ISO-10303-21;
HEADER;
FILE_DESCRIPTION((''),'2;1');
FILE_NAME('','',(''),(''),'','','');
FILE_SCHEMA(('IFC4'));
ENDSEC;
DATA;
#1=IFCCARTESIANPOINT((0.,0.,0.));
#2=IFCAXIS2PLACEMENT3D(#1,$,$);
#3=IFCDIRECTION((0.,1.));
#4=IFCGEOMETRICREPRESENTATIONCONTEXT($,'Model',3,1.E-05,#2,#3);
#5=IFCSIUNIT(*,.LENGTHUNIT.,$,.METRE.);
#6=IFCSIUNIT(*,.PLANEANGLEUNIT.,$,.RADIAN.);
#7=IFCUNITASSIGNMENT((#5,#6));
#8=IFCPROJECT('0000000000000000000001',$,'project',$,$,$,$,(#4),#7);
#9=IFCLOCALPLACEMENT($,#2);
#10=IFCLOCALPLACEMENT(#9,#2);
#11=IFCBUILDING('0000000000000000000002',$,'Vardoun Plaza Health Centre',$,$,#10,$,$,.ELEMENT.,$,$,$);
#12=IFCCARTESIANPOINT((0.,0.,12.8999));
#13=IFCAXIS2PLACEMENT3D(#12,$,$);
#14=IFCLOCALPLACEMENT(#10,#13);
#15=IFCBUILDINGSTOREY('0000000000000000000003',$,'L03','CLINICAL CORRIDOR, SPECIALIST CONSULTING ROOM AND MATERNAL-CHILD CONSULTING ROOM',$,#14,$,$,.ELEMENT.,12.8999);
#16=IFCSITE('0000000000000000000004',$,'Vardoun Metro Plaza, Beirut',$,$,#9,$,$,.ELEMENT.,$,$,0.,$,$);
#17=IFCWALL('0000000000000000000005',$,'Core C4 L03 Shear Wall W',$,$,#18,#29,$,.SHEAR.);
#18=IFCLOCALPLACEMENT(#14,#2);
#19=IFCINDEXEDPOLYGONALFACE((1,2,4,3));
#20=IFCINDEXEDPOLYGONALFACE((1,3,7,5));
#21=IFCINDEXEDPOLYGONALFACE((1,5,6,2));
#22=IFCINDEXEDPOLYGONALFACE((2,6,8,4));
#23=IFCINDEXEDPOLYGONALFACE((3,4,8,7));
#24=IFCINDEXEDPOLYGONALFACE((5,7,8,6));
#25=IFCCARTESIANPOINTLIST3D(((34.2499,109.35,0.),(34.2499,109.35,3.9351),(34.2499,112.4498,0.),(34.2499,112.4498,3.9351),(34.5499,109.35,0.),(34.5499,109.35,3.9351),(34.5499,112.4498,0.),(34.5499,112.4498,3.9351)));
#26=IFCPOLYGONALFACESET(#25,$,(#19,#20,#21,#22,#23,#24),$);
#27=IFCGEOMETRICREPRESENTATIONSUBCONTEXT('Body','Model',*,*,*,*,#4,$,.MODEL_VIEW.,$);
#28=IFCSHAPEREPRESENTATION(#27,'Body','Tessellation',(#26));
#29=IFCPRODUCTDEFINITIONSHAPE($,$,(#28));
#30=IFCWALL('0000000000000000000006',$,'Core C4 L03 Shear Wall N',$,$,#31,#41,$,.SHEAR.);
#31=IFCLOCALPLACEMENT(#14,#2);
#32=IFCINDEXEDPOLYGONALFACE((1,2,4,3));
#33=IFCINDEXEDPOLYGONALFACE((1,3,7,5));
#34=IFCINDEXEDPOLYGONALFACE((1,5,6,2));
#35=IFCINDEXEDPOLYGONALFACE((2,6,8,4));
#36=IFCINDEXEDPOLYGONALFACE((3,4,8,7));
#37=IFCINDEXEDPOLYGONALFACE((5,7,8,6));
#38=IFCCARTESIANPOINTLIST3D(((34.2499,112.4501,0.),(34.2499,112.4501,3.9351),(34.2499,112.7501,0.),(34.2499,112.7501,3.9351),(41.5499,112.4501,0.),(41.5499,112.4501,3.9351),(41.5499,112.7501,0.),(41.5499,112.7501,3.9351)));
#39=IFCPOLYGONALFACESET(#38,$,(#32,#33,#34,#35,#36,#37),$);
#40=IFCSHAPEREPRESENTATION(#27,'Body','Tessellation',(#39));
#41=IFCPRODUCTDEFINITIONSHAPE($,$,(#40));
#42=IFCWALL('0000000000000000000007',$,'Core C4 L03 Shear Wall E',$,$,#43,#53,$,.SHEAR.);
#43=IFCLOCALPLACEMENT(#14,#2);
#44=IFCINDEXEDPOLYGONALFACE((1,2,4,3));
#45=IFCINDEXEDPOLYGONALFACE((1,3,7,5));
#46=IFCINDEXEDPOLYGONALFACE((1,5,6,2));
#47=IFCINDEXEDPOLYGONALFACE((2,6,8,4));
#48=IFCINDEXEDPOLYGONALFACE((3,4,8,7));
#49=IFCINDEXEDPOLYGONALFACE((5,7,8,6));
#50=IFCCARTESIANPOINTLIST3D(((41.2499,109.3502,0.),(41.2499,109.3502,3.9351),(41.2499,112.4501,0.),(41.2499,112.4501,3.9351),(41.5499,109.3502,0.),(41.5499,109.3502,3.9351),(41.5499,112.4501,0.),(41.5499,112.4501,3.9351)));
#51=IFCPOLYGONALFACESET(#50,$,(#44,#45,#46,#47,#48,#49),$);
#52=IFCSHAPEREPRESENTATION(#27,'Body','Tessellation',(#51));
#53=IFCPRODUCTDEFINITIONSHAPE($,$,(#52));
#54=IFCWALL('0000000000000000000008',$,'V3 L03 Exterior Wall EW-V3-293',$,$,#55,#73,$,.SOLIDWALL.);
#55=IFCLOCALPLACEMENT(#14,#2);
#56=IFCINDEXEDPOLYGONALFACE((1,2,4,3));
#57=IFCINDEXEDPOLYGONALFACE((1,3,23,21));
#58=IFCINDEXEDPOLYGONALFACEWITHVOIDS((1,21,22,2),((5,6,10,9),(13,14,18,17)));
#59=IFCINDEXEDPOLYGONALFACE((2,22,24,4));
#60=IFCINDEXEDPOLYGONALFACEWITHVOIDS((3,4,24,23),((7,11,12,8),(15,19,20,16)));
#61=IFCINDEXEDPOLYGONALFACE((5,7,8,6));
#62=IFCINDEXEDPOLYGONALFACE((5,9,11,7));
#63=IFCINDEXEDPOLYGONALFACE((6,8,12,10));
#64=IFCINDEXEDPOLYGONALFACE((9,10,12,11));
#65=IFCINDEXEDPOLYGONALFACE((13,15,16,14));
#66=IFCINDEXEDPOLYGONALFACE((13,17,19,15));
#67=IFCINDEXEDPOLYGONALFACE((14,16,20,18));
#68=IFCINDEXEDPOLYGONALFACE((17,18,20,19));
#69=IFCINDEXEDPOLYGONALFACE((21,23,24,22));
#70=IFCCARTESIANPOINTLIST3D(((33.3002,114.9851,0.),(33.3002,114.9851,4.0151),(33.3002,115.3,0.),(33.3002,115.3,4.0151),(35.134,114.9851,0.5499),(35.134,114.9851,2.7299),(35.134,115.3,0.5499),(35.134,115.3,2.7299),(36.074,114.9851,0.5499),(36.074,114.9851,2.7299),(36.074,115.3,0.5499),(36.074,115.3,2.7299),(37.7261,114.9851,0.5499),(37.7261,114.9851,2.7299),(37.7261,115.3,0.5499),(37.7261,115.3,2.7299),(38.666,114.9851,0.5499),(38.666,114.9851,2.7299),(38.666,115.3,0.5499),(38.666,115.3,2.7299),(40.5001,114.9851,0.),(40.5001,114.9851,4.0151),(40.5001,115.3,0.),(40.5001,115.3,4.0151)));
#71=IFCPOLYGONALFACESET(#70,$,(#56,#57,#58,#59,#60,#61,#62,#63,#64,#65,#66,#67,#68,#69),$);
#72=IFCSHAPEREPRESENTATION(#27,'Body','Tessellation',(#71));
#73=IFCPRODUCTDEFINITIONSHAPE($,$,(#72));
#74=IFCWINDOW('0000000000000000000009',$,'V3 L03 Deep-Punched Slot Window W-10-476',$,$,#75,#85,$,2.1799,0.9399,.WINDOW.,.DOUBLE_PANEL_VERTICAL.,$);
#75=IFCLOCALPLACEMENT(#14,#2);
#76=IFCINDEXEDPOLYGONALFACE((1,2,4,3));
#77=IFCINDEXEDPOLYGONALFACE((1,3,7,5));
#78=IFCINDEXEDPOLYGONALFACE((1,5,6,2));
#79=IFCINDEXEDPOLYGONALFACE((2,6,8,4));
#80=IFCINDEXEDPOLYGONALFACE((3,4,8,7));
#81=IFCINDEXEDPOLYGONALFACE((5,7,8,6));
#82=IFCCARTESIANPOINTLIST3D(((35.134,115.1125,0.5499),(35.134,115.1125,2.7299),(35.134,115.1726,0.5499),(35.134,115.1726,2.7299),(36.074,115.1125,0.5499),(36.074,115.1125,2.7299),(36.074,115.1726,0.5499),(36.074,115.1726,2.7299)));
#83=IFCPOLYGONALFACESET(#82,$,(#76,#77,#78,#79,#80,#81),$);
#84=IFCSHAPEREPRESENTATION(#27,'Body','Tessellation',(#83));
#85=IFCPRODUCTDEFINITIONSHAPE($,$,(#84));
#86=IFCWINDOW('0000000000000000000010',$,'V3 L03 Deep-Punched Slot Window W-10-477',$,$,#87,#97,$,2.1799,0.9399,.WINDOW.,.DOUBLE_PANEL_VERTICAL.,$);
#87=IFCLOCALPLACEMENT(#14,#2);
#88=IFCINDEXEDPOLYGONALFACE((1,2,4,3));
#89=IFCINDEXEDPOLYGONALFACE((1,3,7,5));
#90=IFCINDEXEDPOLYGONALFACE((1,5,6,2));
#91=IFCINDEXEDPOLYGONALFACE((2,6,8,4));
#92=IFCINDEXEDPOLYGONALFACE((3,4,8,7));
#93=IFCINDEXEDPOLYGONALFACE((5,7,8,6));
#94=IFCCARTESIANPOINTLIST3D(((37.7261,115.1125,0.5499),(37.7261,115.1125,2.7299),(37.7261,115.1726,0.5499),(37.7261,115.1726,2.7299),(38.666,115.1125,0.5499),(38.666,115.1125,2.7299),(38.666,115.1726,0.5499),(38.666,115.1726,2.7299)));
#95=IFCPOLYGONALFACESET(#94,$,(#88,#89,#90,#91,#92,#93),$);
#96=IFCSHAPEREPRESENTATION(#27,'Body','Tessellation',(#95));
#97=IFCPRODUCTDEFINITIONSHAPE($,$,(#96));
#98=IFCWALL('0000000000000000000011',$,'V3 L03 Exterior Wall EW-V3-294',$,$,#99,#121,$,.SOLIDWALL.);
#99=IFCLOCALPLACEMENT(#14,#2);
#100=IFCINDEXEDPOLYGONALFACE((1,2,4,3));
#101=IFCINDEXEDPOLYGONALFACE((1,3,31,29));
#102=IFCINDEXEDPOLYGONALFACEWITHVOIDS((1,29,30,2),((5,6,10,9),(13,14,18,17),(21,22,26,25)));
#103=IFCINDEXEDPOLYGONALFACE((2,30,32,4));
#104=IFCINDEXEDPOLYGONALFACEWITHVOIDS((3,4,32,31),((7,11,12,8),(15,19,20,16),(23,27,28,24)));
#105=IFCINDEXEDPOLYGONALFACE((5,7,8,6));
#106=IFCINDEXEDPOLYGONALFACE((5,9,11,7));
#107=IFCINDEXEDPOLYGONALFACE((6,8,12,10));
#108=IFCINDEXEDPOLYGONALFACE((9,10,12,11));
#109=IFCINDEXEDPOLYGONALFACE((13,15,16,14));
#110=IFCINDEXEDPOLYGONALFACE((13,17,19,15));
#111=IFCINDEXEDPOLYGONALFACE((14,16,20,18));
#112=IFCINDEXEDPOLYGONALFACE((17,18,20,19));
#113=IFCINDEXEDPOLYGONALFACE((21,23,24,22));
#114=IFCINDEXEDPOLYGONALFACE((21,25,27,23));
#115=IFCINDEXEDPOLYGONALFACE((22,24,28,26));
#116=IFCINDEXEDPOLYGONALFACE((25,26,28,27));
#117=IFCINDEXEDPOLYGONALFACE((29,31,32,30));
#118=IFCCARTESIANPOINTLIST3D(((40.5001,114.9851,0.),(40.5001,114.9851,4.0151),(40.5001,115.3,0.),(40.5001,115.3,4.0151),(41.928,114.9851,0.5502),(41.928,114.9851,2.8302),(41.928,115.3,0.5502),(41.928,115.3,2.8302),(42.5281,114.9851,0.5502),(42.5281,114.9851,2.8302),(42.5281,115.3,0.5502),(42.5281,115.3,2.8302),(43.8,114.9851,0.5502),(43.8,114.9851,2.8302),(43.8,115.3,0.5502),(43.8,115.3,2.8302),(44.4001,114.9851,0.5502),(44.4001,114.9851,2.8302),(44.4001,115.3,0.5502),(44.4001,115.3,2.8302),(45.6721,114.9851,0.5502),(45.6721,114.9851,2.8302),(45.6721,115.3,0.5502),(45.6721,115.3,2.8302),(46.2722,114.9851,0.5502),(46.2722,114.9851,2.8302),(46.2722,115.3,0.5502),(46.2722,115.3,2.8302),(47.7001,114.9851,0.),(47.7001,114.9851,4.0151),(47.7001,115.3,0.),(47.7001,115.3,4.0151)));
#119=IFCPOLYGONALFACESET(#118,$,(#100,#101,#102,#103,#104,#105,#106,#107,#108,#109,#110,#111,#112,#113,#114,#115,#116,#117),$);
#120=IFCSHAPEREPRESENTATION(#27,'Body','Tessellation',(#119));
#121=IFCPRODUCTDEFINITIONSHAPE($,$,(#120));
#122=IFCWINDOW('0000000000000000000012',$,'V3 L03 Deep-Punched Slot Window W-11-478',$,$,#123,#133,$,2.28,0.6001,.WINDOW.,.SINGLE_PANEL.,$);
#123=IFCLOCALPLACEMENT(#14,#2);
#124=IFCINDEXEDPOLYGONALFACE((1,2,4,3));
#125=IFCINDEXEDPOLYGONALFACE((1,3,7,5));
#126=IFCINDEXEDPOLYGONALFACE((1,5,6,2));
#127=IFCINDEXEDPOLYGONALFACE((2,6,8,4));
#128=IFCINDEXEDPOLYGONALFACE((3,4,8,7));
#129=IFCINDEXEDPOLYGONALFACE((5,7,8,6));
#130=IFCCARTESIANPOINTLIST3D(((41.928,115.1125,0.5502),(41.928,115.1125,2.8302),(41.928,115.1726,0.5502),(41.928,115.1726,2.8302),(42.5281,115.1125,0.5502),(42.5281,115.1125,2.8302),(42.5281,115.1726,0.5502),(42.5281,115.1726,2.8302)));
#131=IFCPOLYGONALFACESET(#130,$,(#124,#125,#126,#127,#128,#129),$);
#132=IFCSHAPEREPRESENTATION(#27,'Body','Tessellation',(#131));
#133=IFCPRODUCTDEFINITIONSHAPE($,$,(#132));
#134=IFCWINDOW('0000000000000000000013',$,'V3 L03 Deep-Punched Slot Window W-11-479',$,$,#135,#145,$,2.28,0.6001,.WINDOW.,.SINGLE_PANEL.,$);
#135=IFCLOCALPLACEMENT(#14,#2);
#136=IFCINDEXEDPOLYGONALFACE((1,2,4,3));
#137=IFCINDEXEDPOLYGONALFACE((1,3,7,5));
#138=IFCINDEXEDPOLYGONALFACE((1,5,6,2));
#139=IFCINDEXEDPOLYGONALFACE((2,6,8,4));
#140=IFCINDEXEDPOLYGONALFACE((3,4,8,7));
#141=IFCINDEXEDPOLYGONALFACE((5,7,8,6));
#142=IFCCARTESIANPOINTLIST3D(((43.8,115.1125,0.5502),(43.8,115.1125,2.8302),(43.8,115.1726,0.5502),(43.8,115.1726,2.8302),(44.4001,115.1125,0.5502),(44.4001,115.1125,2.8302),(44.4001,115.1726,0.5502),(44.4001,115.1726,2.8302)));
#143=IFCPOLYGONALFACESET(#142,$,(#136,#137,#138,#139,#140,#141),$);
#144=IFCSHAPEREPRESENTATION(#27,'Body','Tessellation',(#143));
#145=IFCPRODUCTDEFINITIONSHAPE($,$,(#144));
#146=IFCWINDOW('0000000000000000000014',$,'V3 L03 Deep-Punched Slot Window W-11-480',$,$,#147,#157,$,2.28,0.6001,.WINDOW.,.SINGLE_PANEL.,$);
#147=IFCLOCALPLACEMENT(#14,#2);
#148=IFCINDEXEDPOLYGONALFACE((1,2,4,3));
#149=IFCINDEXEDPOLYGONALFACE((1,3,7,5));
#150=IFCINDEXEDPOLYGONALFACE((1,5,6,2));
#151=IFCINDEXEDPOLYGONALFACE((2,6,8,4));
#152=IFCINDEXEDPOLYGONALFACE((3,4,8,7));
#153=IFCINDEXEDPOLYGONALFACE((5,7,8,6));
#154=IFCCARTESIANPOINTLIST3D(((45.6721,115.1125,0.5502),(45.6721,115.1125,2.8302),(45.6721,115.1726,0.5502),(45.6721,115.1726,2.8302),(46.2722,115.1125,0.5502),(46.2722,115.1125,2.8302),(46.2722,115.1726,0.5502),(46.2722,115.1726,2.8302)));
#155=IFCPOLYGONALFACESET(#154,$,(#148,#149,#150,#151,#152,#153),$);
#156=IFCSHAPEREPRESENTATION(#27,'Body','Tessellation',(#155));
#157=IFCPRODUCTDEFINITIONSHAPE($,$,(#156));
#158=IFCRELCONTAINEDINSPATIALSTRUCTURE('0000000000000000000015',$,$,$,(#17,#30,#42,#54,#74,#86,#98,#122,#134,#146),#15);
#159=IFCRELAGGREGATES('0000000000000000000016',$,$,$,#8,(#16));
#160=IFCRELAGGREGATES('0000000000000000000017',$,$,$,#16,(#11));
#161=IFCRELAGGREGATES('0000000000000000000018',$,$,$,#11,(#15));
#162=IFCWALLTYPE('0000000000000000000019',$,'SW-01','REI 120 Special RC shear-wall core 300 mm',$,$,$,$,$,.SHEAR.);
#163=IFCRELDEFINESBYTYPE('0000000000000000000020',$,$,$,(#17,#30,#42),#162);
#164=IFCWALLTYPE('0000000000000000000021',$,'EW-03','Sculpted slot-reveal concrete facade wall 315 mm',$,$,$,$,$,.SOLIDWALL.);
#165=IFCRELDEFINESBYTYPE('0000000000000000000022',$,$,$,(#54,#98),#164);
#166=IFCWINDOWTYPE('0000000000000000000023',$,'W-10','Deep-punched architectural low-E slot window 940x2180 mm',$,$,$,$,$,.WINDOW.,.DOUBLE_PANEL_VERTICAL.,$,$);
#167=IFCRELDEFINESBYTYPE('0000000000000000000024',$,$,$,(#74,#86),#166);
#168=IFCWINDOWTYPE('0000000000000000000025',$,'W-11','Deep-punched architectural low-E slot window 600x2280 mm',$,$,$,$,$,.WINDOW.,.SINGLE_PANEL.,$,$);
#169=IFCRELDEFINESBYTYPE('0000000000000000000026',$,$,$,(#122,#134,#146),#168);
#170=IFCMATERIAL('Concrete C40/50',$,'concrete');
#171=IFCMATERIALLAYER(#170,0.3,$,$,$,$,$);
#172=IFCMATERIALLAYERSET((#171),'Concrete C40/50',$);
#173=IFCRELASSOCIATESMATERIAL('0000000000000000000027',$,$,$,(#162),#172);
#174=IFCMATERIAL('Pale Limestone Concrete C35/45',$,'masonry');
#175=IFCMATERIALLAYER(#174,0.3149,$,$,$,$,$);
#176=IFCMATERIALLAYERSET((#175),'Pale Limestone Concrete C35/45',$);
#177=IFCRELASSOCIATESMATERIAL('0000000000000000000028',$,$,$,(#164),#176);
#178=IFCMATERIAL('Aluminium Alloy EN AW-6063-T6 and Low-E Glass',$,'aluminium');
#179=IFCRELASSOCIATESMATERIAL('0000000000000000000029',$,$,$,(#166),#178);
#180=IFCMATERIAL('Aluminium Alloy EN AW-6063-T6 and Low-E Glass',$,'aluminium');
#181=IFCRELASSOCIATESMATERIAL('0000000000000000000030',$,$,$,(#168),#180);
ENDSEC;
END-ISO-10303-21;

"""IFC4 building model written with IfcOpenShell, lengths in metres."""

from ifc_helpers import new_model, si_unit, direction, frame, frame_2d, origin, place, context, subcontext, project, spatial, rectangle, extrude, material, layer, layer_set, type_object, element, fill, save


model = new_model("IFC4")

# Units and contexts
model_context = context("Model", 3, precision=1e-05, world=origin(), true_north=direction((0.0, 1.0)))
body_context = subcontext(model_context, "Body", "Model", "MODEL_VIEW")
ifc_project = project(units=[si_unit("LENGTHUNIT", "METRE"), si_unit("PLANEANGLEUNIT", "RADIAN")], contexts=[model_context])

# Site, building, storey
site_placement = place(None, origin())
site = spatial("IfcSite", under=ifc_project, at=site_placement, Name="Vardoun Metro Plaza, Beirut", CompositionType="ELEMENT", RefElevation=0.0)
building_placement = place(site_placement, origin())
building = spatial("IfcBuilding", under=site, at=building_placement, Name="Vardoun Plaza Health Centre", CompositionType="ELEMENT")
storey_placement = place(building_placement, frame((0.0, 0.0, 12.8999)))
storey = spatial("IfcBuildingStorey", under=building, at=storey_placement, Name="L03", Description="CLINICAL CORRIDOR, SPECIALIST CONSULTING ROOM AND MATERNAL-CHILD CONSULTING ROOM", CompositionType="ELEMENT", Elevation=12.8999)

# Shared definitions
ifc_material_1 = material(Name="Concrete C40/50", Category="concrete")
ifc_layer_1 = layer(ifc_material_1, 0.3)
ifc_layer_set_1 = layer_set([ifc_layer_1], Name="Concrete C40/50")
wall_type_1 = type_object("IfcWallType", Name="SW-01", Description="REI 120 Special RC shear-wall core 300 mm", PredefinedType="SHEAR", material=ifc_layer_set_1)

# Walls
wall_1_placement = place(storey_placement, frame((34.3999, 109.3501, 0.0), z_axis=(0.0, 0.0, 1.0), x_axis=(0.0, 1.0, 0.0)))
element("IfcWall", 1, at=wall_1_placement, inside=storey, type_object=wall_type_1, Name="Core C4 L03 Shear Wall W", PredefinedType="SHEAR", context=body_context, shape_type="SweptSolid", body=[
    extrude(rectangle(XDim=3.0999, YDim=0.3, at=frame_2d((1.5498, 0.0))), origin(), (0.0, 0.0, 1.0), 3.9351),
])
wall_2_placement = place(storey_placement, frame((34.25, 112.6001, 0.0), z_axis=(0.0, 0.0, 1.0), x_axis=(1.0, 0.0, 0.0)))
element("IfcWall", 2, at=wall_2_placement, inside=storey, type_object=wall_type_1, Name="Core C4 L03 Shear Wall N", PredefinedType="SHEAR", context=body_context, shape_type="SweptSolid", body=[
    extrude(rectangle(XDim=7.3, YDim=0.3, at=frame_2d((3.6499, 0.0))), origin(), (0.0, 0.0, 1.0), 3.9351),
])
wall_3_placement = place(storey_placement, frame((41.3999, 112.45, 0.0), z_axis=(0.0, 0.0, 1.0), x_axis=(0.0, -1.0, 0.0)))
element("IfcWall", 3, at=wall_3_placement, inside=storey, type_object=wall_type_1, Name="Core C4 L03 Shear Wall E", PredefinedType="SHEAR", context=body_context, shape_type="SweptSolid", body=[
    extrude(rectangle(XDim=3.0999, YDim=0.3, at=frame_2d((1.5498, 0.0))), origin(), (0.0, 0.0, 1.0), 3.9351),
])

# Walls, openings, windows
ifc_material_2 = material(Name="Pale Limestone Concrete C35/45", Category="masonry")
ifc_layer_2 = layer(ifc_material_2, 0.3149)
ifc_layer_set_2 = layer_set([ifc_layer_2], Name="Pale Limestone Concrete C35/45")
wall_type_2 = type_object("IfcWallType", Name="EW-03", Description="Sculpted slot-reveal concrete facade wall 315 mm", PredefinedType="SOLIDWALL", material=ifc_layer_set_2)
wall_4_placement = place(storey_placement, frame((33.3, 115.1426, 0.0), z_axis=(0.0, 0.0, 1.0), x_axis=(1.0, 0.0, 0.0)))
wall_4 = element("IfcWall", 4, at=wall_4_placement, inside=storey, type_object=wall_type_2, Name="V3 L03 Exterior Wall EW-V3-293", PredefinedType="SOLIDWALL", context=body_context, shape_type="SweptSolid", body=[
    extrude(rectangle(XDim=7.2, YDim=0.3149, at=frame_2d((3.6001, 0.0))), origin(), (0.0, 0.0, 1.0), 4.0151),
])
opening_1_placement = place(wall_4_placement, frame((1.834, 0.0, 0.55)))
opening_1 = element("IfcOpeningElement", 5, at=opening_1_placement, cuts=wall_4, PredefinedType="OPENING", context=body_context, shape_type="SweptSolid", body=[
    extrude(rectangle(XDim=0.9399, YDim=2.1799, at=frame_2d((0.47, 1.0898))), frame((0.0, 0.1575, 0.0), z_axis=(0.0, -1.0, 0.0), x_axis=(1.0, 0.0, 0.0)), (0.0, 0.0, 1.0), 0.3149),
])
opening_2_placement = place(wall_4_placement, frame((4.426, 0.0, 0.55)))
opening_2 = element("IfcOpeningElement", 6, at=opening_2_placement, cuts=wall_4, PredefinedType="OPENING", context=body_context, shape_type="SweptSolid", body=[
    extrude(rectangle(XDim=0.9399, YDim=2.1799, at=frame_2d((0.47, 1.0898))), frame((0.0, 0.1575, 0.0), z_axis=(0.0, -1.0, 0.0), x_axis=(1.0, 0.0, 0.0)), (0.0, 0.0, 1.0), 0.3149),
])
ifc_material_3 = material(Name="Aluminium Alloy EN AW-6063-T6 and Low-E Glass", Category="aluminium")
window_type_1 = type_object("IfcWindowType", Name="W-10", Description="Deep-punched architectural low-E slot window 940x2180 mm", PartitioningType="DOUBLE_PANEL_VERTICAL", PredefinedType="WINDOW", material=ifc_material_3)
window_1_placement = place(opening_1_placement, origin())
window_1 = element("IfcWindow", 7, at=window_1_placement, inside=storey, type_object=window_type_1, Name="V3 L03 Deep-Punched Slot Window W-10-476", OverallHeight=2.1799, OverallWidth=0.9399, PartitioningType="DOUBLE_PANEL_VERTICAL", PredefinedType="WINDOW", context=body_context, shape_type="SweptSolid", body=[
    extrude(rectangle(XDim=0.9399, YDim=2.1799, at=frame_2d((0.47, 1.0898))), frame((0.0, 0.03, 0.0), z_axis=(0.0, -1.0, 0.0), x_axis=(1.0, 0.0, 0.0)), (0.0, 0.0, 1.0), 0.0601),
])
fill(opening_1, window_1)
window_2_placement = place(opening_2_placement, origin())
window_2 = element("IfcWindow", 8, at=window_2_placement, inside=storey, type_object=window_type_1, Name="V3 L03 Deep-Punched Slot Window W-10-477", OverallHeight=2.1799, OverallWidth=0.9399, PartitioningType="DOUBLE_PANEL_VERTICAL", PredefinedType="WINDOW", context=body_context, shape_type="SweptSolid", body=[
    extrude(rectangle(XDim=0.9399, YDim=2.1799, at=frame_2d((0.47, 1.0898))), frame((0.0, 0.03, 0.0), z_axis=(0.0, -1.0, 0.0), x_axis=(1.0, 0.0, 0.0)), (0.0, 0.0, 1.0), 0.0601),
])
fill(opening_2, window_2)
wall_5_placement = place(storey_placement, frame((40.5, 115.1426, 0.0), z_axis=(0.0, 0.0, 1.0), x_axis=(1.0, 0.0, 0.0)))
wall_5 = element("IfcWall", 9, at=wall_5_placement, inside=storey, type_object=wall_type_2, Name="V3 L03 Exterior Wall EW-V3-294", PredefinedType="SOLIDWALL", context=body_context, shape_type="SweptSolid", body=[
    extrude(rectangle(XDim=7.2, YDim=0.3149, at=frame_2d((3.6001, 0.0))), origin(), (0.0, 0.0, 1.0), 4.0151),
])
opening_3_placement = place(wall_5_placement, frame((1.428, 0.0, 0.55)))
opening_3 = element("IfcOpeningElement", 10, at=opening_3_placement, cuts=wall_5, PredefinedType="OPENING", context=body_context, shape_type="SweptSolid", body=[
    extrude(rectangle(XDim=0.6001, YDim=2.28, at=frame_2d((0.3, 1.1401))), frame((0.0, 0.1575, 0.0), z_axis=(0.0, -1.0, 0.0), x_axis=(1.0, 0.0, 0.0)), (0.0, 0.0, 1.0), 0.3149),
])
opening_4_placement = place(wall_5_placement, frame((3.3, 0.0, 0.55)))
opening_4 = element("IfcOpeningElement", 11, at=opening_4_placement, cuts=wall_5, PredefinedType="OPENING", context=body_context, shape_type="SweptSolid", body=[
    extrude(rectangle(XDim=0.6001, YDim=2.28, at=frame_2d((0.3, 1.1401))), frame((0.0, 0.1575, 0.0), z_axis=(0.0, -1.0, 0.0), x_axis=(1.0, 0.0, 0.0)), (0.0, 0.0, 1.0), 0.3149),
])
opening_5_placement = place(wall_5_placement, frame((5.1721, 0.0, 0.55)))
opening_5 = element("IfcOpeningElement", 12, at=opening_5_placement, cuts=wall_5, PredefinedType="OPENING", context=body_context, shape_type="SweptSolid", body=[
    extrude(rectangle(XDim=0.6001, YDim=2.28, at=frame_2d((0.3, 1.1401))), frame((0.0, 0.1575, 0.0), z_axis=(0.0, -1.0, 0.0), x_axis=(1.0, 0.0, 0.0)), (0.0, 0.0, 1.0), 0.3149),
])
ifc_material_4 = material(Name="Aluminium Alloy EN AW-6063-T6 and Low-E Glass", Category="aluminium")
window_type_2 = type_object("IfcWindowType", Name="W-11", Description="Deep-punched architectural low-E slot window 600x2280 mm", PartitioningType="SINGLE_PANEL", PredefinedType="WINDOW", material=ifc_material_4)
window_3_placement = place(opening_3_placement, origin())
window_3 = element("IfcWindow", 13, at=window_3_placement, inside=storey, type_object=window_type_2, Name="V3 L03 Deep-Punched Slot Window W-11-478", OverallHeight=2.28, OverallWidth=0.6001, PartitioningType="SINGLE_PANEL", PredefinedType="WINDOW", context=body_context, shape_type="SweptSolid", body=[
    extrude(rectangle(XDim=0.6001, YDim=2.28, at=frame_2d((0.3, 1.1401))), frame((0.0, 0.03, 0.0), z_axis=(0.0, -1.0, 0.0), x_axis=(1.0, 0.0, 0.0)), (0.0, 0.0, 1.0), 0.0601),
])
fill(opening_3, window_3)
window_4_placement = place(opening_4_placement, origin())
window_4 = element("IfcWindow", 14, at=window_4_placement, inside=storey, type_object=window_type_2, Name="V3 L03 Deep-Punched Slot Window W-11-479", OverallHeight=2.28, OverallWidth=0.6001, PartitioningType="SINGLE_PANEL", PredefinedType="WINDOW", context=body_context, shape_type="SweptSolid", body=[
    extrude(rectangle(XDim=0.6001, YDim=2.28, at=frame_2d((0.3, 1.1401))), frame((0.0, 0.03, 0.0), z_axis=(0.0, -1.0, 0.0), x_axis=(1.0, 0.0, 0.0)), (0.0, 0.0, 1.0), 0.0601),
])
fill(opening_4, window_4)
window_5_placement = place(opening_5_placement, origin())
window_5 = element("IfcWindow", 15, at=window_5_placement, inside=storey, type_object=window_type_2, Name="V3 L03 Deep-Punched Slot Window W-11-480", OverallHeight=2.28, OverallWidth=0.6001, PartitioningType="SINGLE_PANEL", PredefinedType="WINDOW", context=body_context, shape_type="SweptSolid", body=[
    extrude(rectangle(XDim=0.6001, YDim=2.28, at=frame_2d((0.3, 1.1401))), frame((0.0, 0.03, 0.0), z_axis=(0.0, -1.0, 0.0), x_axis=(1.0, 0.0, 0.0)), (0.0, 0.0, 1.0), 0.0601),
])
fill(opening_5, window_5)

save(model, "model.ifc")
